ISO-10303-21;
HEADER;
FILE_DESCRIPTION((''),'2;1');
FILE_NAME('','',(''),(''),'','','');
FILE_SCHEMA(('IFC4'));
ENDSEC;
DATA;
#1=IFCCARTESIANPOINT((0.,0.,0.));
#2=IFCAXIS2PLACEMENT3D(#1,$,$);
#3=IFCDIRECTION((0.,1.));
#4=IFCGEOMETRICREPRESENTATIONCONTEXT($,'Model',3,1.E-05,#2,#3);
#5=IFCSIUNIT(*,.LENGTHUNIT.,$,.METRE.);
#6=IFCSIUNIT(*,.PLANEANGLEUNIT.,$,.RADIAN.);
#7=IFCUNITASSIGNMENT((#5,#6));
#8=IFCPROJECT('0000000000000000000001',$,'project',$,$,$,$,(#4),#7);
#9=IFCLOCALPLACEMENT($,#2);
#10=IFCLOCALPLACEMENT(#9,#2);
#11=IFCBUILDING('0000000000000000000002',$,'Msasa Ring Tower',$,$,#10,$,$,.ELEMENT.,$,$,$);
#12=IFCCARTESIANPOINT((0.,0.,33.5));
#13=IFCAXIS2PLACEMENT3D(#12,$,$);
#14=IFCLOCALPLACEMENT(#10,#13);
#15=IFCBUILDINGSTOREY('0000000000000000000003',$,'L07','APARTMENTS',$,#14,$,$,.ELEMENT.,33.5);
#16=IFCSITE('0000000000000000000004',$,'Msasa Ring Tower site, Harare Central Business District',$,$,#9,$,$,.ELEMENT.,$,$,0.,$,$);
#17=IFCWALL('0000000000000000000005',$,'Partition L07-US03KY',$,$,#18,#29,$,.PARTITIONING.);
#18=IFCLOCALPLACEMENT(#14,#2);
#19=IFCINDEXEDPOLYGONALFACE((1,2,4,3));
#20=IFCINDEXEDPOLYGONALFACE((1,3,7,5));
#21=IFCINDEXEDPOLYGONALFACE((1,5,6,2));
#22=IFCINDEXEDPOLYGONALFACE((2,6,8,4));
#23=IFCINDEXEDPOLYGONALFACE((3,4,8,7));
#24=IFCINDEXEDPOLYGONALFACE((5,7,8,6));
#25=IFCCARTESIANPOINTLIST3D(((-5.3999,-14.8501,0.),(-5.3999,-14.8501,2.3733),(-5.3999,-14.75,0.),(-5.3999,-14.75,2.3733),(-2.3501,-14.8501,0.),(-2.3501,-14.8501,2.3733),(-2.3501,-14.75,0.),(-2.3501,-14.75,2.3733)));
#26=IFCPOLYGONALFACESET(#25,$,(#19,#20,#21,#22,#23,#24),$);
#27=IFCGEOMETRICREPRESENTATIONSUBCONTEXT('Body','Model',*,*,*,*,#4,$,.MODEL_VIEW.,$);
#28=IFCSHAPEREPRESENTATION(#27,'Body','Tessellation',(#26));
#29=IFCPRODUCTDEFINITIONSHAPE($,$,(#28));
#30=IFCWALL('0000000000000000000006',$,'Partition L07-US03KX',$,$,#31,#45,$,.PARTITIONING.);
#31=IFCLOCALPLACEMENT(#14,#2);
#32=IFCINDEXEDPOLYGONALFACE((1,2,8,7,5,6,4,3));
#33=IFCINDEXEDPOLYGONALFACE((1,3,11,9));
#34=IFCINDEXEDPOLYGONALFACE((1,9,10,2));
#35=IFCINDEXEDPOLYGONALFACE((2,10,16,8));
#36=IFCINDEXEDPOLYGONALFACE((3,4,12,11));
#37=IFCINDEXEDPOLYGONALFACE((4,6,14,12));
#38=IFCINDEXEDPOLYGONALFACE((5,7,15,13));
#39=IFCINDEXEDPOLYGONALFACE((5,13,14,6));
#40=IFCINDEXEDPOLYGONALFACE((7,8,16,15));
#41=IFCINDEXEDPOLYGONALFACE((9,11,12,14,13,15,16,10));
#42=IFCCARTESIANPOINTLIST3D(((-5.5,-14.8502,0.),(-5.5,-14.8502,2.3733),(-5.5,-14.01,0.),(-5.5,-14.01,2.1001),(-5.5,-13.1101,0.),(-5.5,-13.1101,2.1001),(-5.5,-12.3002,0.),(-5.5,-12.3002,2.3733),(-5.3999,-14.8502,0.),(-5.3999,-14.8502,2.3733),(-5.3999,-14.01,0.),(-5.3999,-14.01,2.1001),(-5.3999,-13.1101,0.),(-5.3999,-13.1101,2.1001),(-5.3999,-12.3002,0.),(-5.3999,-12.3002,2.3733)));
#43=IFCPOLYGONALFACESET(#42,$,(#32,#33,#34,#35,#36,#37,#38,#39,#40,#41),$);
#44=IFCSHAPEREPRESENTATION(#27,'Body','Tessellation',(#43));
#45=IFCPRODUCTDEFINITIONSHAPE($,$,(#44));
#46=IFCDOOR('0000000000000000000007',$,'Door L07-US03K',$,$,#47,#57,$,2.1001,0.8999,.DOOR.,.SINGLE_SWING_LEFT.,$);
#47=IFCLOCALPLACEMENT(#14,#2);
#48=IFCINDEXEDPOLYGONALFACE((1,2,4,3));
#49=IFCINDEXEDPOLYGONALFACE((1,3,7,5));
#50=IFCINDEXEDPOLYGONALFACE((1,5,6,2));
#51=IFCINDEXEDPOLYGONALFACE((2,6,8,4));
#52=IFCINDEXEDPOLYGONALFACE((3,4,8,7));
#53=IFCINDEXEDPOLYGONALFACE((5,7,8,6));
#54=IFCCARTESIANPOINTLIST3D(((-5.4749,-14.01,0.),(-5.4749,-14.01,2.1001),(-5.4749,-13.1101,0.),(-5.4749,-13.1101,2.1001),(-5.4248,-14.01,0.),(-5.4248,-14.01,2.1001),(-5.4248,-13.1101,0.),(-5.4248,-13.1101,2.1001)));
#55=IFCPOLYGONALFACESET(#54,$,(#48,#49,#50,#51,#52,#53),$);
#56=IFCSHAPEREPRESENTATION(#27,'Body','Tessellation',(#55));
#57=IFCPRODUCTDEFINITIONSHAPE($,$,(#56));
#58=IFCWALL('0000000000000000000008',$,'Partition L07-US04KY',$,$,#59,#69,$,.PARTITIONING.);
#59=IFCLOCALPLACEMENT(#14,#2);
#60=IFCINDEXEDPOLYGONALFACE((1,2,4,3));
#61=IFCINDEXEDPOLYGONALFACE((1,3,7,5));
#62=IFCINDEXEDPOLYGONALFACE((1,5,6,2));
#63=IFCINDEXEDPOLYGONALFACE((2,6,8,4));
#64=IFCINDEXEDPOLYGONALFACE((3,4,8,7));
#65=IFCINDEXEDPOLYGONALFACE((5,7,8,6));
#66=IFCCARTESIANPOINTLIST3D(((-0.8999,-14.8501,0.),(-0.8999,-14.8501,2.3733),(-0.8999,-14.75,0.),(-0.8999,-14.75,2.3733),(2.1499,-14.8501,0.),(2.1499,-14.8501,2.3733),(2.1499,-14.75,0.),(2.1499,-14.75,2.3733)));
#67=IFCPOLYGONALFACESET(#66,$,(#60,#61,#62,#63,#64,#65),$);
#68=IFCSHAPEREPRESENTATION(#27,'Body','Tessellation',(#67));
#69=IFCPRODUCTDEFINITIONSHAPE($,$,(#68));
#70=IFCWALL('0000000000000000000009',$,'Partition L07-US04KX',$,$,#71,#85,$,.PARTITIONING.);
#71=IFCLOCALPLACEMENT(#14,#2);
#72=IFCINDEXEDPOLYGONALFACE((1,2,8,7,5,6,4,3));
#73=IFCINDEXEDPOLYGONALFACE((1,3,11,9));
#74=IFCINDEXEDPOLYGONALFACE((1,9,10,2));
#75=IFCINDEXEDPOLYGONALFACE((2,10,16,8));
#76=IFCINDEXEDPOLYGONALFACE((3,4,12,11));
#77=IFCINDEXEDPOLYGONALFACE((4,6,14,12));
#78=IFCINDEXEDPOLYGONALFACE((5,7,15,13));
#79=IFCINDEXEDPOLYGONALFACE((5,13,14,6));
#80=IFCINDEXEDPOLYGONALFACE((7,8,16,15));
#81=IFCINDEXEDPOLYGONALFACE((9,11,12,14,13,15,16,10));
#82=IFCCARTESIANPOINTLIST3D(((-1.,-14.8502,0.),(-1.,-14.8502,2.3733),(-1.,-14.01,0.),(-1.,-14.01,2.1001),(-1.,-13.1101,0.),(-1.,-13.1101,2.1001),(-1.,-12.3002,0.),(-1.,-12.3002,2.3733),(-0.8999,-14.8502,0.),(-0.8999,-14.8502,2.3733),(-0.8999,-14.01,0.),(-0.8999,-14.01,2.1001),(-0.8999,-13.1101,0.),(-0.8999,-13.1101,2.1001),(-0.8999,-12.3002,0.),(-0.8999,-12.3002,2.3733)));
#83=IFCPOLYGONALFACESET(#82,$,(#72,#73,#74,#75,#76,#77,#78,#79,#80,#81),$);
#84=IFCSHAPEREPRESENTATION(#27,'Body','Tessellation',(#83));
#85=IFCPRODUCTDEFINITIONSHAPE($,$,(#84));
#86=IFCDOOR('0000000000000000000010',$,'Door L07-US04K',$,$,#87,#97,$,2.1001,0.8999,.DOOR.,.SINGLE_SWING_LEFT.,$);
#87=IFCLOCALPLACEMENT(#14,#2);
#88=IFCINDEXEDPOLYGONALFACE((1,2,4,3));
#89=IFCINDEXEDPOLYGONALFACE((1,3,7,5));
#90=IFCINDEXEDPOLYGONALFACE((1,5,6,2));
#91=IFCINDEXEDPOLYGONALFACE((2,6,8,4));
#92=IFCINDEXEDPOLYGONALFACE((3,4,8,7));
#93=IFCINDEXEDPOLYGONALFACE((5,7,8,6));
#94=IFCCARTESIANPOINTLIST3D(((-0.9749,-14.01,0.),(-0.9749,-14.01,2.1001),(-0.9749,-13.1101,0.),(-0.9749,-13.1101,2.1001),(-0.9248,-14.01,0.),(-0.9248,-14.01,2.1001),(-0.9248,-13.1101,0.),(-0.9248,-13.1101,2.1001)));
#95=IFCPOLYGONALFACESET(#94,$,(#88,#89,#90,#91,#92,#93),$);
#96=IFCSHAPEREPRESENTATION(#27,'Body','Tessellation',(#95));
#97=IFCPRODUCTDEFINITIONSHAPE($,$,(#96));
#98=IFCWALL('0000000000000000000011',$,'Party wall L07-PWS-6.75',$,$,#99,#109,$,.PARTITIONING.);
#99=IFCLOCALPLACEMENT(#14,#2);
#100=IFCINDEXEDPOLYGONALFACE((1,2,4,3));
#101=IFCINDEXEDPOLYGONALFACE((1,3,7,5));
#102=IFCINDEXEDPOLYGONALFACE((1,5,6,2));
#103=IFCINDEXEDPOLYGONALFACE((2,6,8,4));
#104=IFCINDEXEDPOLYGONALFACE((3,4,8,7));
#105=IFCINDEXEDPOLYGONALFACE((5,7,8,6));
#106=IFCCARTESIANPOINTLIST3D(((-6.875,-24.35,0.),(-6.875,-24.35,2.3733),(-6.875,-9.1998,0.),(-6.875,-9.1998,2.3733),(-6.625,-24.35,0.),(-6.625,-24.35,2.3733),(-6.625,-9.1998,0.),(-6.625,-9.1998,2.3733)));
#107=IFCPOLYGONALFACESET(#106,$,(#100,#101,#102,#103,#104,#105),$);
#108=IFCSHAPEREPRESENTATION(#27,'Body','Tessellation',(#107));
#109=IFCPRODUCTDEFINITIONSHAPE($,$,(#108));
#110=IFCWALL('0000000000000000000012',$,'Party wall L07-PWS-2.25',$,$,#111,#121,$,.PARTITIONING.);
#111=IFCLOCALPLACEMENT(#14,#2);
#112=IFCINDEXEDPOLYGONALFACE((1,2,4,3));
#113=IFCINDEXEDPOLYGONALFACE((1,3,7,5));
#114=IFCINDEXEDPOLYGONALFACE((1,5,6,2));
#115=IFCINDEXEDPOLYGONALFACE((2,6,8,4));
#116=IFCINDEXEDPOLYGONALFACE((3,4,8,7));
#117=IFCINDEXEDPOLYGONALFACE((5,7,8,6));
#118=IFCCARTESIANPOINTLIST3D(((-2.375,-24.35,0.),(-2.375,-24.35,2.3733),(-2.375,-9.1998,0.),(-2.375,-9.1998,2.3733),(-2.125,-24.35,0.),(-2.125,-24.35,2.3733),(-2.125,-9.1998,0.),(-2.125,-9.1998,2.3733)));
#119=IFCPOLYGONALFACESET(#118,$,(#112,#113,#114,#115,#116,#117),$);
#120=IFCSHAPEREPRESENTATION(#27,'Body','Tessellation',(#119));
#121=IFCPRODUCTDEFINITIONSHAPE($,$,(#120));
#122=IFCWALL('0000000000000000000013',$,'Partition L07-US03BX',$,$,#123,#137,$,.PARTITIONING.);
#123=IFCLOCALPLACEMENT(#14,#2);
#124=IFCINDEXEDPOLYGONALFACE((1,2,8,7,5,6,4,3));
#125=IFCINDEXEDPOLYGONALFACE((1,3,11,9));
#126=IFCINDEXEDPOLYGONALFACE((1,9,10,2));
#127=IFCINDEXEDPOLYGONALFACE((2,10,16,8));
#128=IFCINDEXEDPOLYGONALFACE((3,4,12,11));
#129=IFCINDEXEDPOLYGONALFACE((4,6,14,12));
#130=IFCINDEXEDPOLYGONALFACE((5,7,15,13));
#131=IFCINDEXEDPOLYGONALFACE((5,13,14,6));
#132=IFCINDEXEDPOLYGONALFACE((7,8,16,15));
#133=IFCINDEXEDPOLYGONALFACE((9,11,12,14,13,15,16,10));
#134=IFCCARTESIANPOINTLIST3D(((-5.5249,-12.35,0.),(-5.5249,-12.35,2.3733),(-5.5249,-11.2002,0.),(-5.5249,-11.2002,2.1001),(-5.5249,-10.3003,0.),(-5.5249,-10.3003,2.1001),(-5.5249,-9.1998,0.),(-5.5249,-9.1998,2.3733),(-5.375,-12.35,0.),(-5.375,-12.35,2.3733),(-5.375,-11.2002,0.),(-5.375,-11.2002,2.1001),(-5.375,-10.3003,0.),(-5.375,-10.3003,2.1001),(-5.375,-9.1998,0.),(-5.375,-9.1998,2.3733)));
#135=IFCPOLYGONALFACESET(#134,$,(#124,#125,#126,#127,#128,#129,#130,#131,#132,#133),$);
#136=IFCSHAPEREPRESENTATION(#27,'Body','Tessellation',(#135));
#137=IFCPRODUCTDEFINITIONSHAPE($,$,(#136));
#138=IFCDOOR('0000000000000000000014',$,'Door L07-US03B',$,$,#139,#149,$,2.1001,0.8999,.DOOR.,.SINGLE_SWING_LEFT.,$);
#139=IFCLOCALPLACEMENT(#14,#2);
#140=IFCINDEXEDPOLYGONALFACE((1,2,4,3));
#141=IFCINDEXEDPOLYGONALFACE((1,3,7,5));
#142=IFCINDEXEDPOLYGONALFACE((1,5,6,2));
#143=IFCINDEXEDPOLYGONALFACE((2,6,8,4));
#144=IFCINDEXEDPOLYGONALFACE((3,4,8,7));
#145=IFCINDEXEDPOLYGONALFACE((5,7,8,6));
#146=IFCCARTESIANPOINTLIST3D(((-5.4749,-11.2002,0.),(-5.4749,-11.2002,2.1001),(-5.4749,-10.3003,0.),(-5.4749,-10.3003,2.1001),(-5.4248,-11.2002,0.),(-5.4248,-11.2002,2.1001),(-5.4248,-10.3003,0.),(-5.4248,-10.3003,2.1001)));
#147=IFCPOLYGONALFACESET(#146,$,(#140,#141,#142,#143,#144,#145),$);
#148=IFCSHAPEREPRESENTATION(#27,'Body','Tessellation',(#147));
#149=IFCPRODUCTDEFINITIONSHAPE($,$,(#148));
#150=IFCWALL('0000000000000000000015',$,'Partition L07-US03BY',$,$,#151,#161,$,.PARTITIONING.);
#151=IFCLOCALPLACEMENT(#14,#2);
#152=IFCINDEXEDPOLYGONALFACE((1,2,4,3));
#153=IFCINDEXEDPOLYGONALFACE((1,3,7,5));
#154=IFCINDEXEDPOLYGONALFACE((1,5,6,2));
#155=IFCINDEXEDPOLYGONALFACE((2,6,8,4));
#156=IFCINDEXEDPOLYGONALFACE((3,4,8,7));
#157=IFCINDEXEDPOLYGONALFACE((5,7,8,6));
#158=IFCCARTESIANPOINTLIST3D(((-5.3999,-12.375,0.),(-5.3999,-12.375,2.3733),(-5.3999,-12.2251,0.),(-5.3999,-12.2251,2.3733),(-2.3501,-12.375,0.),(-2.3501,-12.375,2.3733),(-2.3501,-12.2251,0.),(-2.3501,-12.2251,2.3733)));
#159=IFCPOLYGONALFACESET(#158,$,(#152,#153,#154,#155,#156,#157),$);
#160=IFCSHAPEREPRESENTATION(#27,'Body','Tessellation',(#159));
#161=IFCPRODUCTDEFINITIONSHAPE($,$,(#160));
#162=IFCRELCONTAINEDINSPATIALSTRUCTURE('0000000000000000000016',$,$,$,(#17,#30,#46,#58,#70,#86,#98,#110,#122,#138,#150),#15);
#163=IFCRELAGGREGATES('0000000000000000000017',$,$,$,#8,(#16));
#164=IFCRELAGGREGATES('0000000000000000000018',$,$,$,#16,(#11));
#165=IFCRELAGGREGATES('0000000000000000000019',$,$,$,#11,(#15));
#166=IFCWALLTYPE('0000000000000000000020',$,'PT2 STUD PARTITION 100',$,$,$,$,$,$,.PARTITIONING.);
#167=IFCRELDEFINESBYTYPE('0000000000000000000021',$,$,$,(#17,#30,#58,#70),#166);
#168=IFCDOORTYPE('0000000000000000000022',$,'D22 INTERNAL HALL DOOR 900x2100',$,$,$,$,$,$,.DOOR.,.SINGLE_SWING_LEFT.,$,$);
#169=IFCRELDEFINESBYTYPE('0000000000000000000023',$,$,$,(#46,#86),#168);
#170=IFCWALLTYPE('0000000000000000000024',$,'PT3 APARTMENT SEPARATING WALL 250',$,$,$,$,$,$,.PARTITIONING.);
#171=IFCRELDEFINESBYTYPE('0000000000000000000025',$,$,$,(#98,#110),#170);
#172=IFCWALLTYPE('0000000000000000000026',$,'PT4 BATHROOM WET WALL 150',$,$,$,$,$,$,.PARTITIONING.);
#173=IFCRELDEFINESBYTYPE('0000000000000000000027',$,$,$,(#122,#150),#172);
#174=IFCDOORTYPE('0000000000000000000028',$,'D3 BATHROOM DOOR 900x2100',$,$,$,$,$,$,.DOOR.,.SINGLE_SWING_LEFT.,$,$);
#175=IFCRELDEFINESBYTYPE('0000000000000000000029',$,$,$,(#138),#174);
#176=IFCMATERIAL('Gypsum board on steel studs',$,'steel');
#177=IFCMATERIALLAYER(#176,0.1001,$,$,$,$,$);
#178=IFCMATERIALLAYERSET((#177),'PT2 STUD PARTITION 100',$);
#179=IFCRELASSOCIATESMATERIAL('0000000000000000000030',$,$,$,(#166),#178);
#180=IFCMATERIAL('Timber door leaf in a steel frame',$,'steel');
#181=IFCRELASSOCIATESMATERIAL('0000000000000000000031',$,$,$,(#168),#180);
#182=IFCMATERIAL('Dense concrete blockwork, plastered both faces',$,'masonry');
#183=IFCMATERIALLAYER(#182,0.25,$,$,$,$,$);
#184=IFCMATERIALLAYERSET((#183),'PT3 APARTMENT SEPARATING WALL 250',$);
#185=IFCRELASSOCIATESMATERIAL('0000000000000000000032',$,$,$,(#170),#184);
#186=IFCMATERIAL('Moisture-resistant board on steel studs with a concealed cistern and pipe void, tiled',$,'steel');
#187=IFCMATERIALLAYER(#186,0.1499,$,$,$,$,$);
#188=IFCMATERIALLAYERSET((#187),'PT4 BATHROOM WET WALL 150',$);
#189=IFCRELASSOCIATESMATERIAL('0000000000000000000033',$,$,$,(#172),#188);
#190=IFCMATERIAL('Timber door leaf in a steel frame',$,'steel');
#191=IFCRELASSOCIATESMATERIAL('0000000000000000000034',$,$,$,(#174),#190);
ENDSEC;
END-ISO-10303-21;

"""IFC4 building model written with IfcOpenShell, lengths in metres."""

from ifc_helpers import new_model, si_unit, direction, frame, frame_2d, origin, place, context, subcontext, project, spatial, rectangle, extrude, material, layer, layer_set, type_object, element, fill, save


model = new_model("IFC4")

# Units and contexts
model_context = context("Model", 3, precision=1e-05, world=origin(), true_north=direction((0.0, 1.0)))
body_context = subcontext(model_context, "Body", "Model", "MODEL_VIEW")
ifc_project = project(units=[si_unit("LENGTHUNIT", "METRE"), si_unit("PLANEANGLEUNIT", "RADIAN")], contexts=[model_context])

# Site, building, storey
site_placement = place(None, origin())
site = spatial("IfcSite", under=ifc_project, at=site_placement, Name="Msasa Ring Tower site, Harare Central Business District", CompositionType="ELEMENT", RefElevation=0.0)
building_placement = place(site_placement, origin())
building = spatial("IfcBuilding", under=site, at=building_placement, Name="Msasa Ring Tower", CompositionType="ELEMENT")
storey_placement = place(building_placement, frame((0.0, 0.0, 33.5)))
storey = spatial("IfcBuildingStorey", under=building, at=storey_placement, Name="L07", Description="APARTMENTS", CompositionType="ELEMENT", Elevation=33.5)

# Wall
ifc_material_1 = material(Name="Gypsum board on steel studs", Category="steel")
ifc_layer_1 = layer(ifc_material_1, 0.1001)
ifc_layer_set_1 = layer_set([ifc_layer_1], Name="PT2 STUD PARTITION 100")
wall_type_1 = type_object("IfcWallType", Name="PT2 STUD PARTITION 100", PredefinedType="PARTITIONING", material=ifc_layer_set_1)
wall_1_placement = place(storey_placement, frame((-5.3999, -14.8, 0.0), z_axis=(0.0, 0.0, 1.0), x_axis=(1.0, 0.0, 0.0)))
element("IfcWall", 1, at=wall_1_placement, inside=storey, type_object=wall_type_1, Name="Partition L07-US03KY", PredefinedType="PARTITIONING", context=body_context, shape_type="SweptSolid", body=[
    extrude(rectangle(XDim=3.0498, YDim=0.1001, at=frame_2d((1.5249, 0.0))), origin(), (0.0, 0.0, 1.0), 2.3733),
])

# Wall, opening, door
wall_2_placement = place(storey_placement, frame((-5.45, -14.8501, 0.0), z_axis=(0.0, 0.0, 1.0), x_axis=(0.0, 1.0, 0.0)))
wall_2 = element("IfcWall", 2, at=wall_2_placement, inside=storey, type_object=wall_type_1, Name="Partition L07-US03KX", PredefinedType="PARTITIONING", context=body_context, shape_type="SweptSolid", body=[
    extrude(rectangle(XDim=2.55, YDim=0.1001, at=frame_2d((1.2749, 0.0))), origin(), (0.0, 0.0, 1.0), 2.3733),
])
opening_1_placement = place(wall_2_placement, frame((0.8401, 0.0, 0.0)))
opening_1 = element("IfcOpeningElement", 3, at=opening_1_placement, cuts=wall_2, PredefinedType="OPENING", context=body_context, shape_type="SweptSolid", body=[
    extrude(rectangle(XDim=0.8999, YDim=2.1001, at=frame_2d((0.45, 1.05))), frame((0.0, 0.0601, 0.0), z_axis=(0.0, -1.0, 0.0), x_axis=(1.0, 0.0, 0.0)), (0.0, 0.0, 1.0), 0.1201),
])
ifc_material_2 = material(Name="Timber door leaf in a steel frame", Category="steel")
door_type_1 = type_object("IfcDoorType", Name="D22 INTERNAL HALL DOOR 900x2100", OperationType="SINGLE_SWING_LEFT", PredefinedType="DOOR", material=ifc_material_2)
door_1_placement = place(opening_1_placement, origin())
door_1 = element("IfcDoor", 4, at=door_1_placement, inside=storey, type_object=door_type_1, Name="Door L07-US03K", OperationType="SINGLE_SWING_LEFT", OverallHeight=2.1001, OverallWidth=0.8999, PredefinedType="DOOR", context=body_context, shape_type="SweptSolid", body=[
    extrude(rectangle(XDim=0.8999, YDim=2.1001, at=frame_2d((0.45, 1.05))), frame((0.0, 0.0249, 0.0), z_axis=(0.0, -1.0, 0.0), x_axis=(1.0, 0.0, 0.0)), (0.0, 0.0, 1.0), 0.05),
])
fill(opening_1, door_1)

# Wall
wall_3_placement = place(storey_placement, frame((-0.8999, -14.8, 0.0), z_axis=(0.0, 0.0, 1.0), x_axis=(1.0, 0.0, 0.0)))
element("IfcWall", 5, at=wall_3_placement, inside=storey, type_object=wall_type_1, Name="Partition L07-US04KY", PredefinedType="PARTITIONING", context=body_context, shape_type="SweptSolid", body=[
    extrude(rectangle(XDim=3.0498, YDim=0.1001, at=frame_2d((1.5249, 0.0))), origin(), (0.0, 0.0, 1.0), 2.3733),
])

# Wall, opening, door
wall_4_placement = place(storey_placement, frame((-0.95, -14.8501, 0.0), z_axis=(0.0, 0.0, 1.0), x_axis=(0.0, 1.0, 0.0)))
wall_4 = element("IfcWall", 6, at=wall_4_placement, inside=storey, type_object=wall_type_1, Name="Partition L07-US04KX", PredefinedType="PARTITIONING", context=body_context, shape_type="SweptSolid", body=[
    extrude(rectangle(XDim=2.55, YDim=0.1001, at=frame_2d((1.2749, 0.0))), origin(), (0.0, 0.0, 1.0), 2.3733),
])
opening_2_placement = place(wall_4_placement, frame((0.8401, 0.0, 0.0)))
opening_2 = element("IfcOpeningElement", 7, at=opening_2_placement, cuts=wall_4, PredefinedType="OPENING", context=body_context, shape_type="SweptSolid", body=[
    extrude(rectangle(XDim=0.8999, YDim=2.1001, at=frame_2d((0.45, 1.05))), frame((0.0, 0.0601, 0.0), z_axis=(0.0, -1.0, 0.0), x_axis=(1.0, 0.0, 0.0)), (0.0, 0.0, 1.0), 0.1201),
])
door_2_placement = place(opening_2_placement, origin())
door_2 = element("IfcDoor", 8, at=door_2_placement, inside=storey, type_object=door_type_1, Name="Door L07-US04K", OperationType="SINGLE_SWING_LEFT", OverallHeight=2.1001, OverallWidth=0.8999, PredefinedType="DOOR", context=body_context, shape_type="SweptSolid", body=[
    extrude(rectangle(XDim=0.8999, YDim=2.1001, at=frame_2d((0.45, 1.05))), frame((0.0, 0.0249, 0.0), z_axis=(0.0, -1.0, 0.0), x_axis=(1.0, 0.0, 0.0)), (0.0, 0.0, 1.0), 0.05),
])
fill(opening_2, door_2)

# Walls
ifc_material_3 = material(Name="Dense concrete blockwork, plastered both faces", Category="masonry")
ifc_layer_2 = layer(ifc_material_3, 0.25)
ifc_layer_set_2 = layer_set([ifc_layer_2], Name="PT3 APARTMENT SEPARATING WALL 250")
wall_type_2 = type_object("IfcWallType", Name="PT3 APARTMENT SEPARATING WALL 250", PredefinedType="PARTITIONING", material=ifc_layer_set_2)
for number, where, z_axis, x_axis, name in (
    (9, (-6.75, -24.3501, 0.0), (0.0, 0.0, 1.0), (0.0, 1.0, 0.0), "Party wall L07-PWS-6.75"),
    (10, (-2.25, -24.3501, 0.0), (0.0, 0.0, 1.0), (0.0, 1.0, 0.0), "Party wall L07-PWS-2.25"),
):
    element("IfcWall", number, at=place(storey_placement, frame(where, z_axis=z_axis, x_axis=x_axis)), inside=storey, type_object=wall_type_2, Name=name, PredefinedType="PARTITIONING", context=body_context, shape_type="SweptSolid", body=[
        extrude(rectangle(XDim=15.1501, YDim=0.25, at=frame_2d((7.5752, 0.0))), origin(), (0.0, 0.0, 1.0), 2.3733),
    ])

# Wall, opening, door
ifc_material_4 = material(Name="Moisture-resistant board on steel studs with a concealed cistern and pipe void, tiled", Category="steel")
ifc_layer_3 = layer(ifc_material_4, 0.1499)
ifc_layer_set_3 = layer_set([ifc_layer_3], Name="PT4 BATHROOM WET WALL 150")
wall_type_3 = type_object("IfcWallType", Name="PT4 BATHROOM WET WALL 150", PredefinedType="PARTITIONING", material=ifc_layer_set_3)
wall_5_placement = place(storey_placement, frame((-5.45, -12.3501, 0.0), z_axis=(0.0, 0.0, 1.0), x_axis=(0.0, 1.0, 0.0)))
wall_5 = element("IfcWall", 11, at=wall_5_placement, inside=storey, type_object=wall_type_3, Name="Partition L07-US03BX", PredefinedType="PARTITIONING", context=body_context, shape_type="SweptSolid", body=[
    extrude(rectangle(XDim=3.1501, YDim=0.1499, at=frame_2d((1.5752, 0.0))), origin(), (0.0, 0.0, 1.0), 2.3733),
])
opening_3_placement = place(wall_5_placement, frame((1.1499, 0.0, 0.0)))
opening_3 = element("IfcOpeningElement", 12, at=opening_3_placement, cuts=wall_5, PredefinedType="OPENING", context=body_context, shape_type="SweptSolid", body=[
    extrude(rectangle(XDim=0.8999, YDim=2.1001, at=frame_2d((0.45, 1.05))), frame((0.0, 0.085, 0.0), z_axis=(0.0, -1.0, 0.0), x_axis=(1.0, 0.0, 0.0)), (0.0, 0.0, 1.0), 0.1699),
])
ifc_material_5 = material(Name="Timber door leaf in a steel frame", Category="steel")
door_type_2 = type_object("IfcDoorType", Name="D3 BATHROOM DOOR 900x2100", OperationType="SINGLE_SWING_LEFT", PredefinedType="DOOR", material=ifc_material_5)
door_3_placement = place(opening_3_placement, origin())
door_3 = element("IfcDoor", 13, at=door_3_placement, inside=storey, type_object=door_type_2, Name="Door L07-US03B", OperationType="SINGLE_SWING_LEFT", OverallHeight=2.1001, OverallWidth=0.8999, PredefinedType="DOOR", context=body_context, shape_type="SweptSolid", body=[
    extrude(rectangle(XDim=0.8999, YDim=2.1001, at=frame_2d((0.45, 1.05))), frame((0.0, 0.0249, 0.0), z_axis=(0.0, -1.0, 0.0), x_axis=(1.0, 0.0, 0.0)), (0.0, 0.0, 1.0), 0.05),
])
fill(opening_3, door_3)

# Wall
wall_6_placement = place(storey_placement, frame((-5.3999, -12.3, 0.0), z_axis=(0.0, 0.0, 1.0), x_axis=(1.0, 0.0, 0.0)))
element("IfcWall", 14, at=wall_6_placement, inside=storey, type_object=wall_type_3, Name="Partition L07-US03BY", PredefinedType="PARTITIONING", context=body_context, shape_type="SweptSolid", body=[
    extrude(rectangle(XDim=3.0498, YDim=0.1499, at=frame_2d((1.5249, 0.0))), origin(), (0.0, 0.0, 1.0), 2.3733),
])

save(model, "model.ifc")
